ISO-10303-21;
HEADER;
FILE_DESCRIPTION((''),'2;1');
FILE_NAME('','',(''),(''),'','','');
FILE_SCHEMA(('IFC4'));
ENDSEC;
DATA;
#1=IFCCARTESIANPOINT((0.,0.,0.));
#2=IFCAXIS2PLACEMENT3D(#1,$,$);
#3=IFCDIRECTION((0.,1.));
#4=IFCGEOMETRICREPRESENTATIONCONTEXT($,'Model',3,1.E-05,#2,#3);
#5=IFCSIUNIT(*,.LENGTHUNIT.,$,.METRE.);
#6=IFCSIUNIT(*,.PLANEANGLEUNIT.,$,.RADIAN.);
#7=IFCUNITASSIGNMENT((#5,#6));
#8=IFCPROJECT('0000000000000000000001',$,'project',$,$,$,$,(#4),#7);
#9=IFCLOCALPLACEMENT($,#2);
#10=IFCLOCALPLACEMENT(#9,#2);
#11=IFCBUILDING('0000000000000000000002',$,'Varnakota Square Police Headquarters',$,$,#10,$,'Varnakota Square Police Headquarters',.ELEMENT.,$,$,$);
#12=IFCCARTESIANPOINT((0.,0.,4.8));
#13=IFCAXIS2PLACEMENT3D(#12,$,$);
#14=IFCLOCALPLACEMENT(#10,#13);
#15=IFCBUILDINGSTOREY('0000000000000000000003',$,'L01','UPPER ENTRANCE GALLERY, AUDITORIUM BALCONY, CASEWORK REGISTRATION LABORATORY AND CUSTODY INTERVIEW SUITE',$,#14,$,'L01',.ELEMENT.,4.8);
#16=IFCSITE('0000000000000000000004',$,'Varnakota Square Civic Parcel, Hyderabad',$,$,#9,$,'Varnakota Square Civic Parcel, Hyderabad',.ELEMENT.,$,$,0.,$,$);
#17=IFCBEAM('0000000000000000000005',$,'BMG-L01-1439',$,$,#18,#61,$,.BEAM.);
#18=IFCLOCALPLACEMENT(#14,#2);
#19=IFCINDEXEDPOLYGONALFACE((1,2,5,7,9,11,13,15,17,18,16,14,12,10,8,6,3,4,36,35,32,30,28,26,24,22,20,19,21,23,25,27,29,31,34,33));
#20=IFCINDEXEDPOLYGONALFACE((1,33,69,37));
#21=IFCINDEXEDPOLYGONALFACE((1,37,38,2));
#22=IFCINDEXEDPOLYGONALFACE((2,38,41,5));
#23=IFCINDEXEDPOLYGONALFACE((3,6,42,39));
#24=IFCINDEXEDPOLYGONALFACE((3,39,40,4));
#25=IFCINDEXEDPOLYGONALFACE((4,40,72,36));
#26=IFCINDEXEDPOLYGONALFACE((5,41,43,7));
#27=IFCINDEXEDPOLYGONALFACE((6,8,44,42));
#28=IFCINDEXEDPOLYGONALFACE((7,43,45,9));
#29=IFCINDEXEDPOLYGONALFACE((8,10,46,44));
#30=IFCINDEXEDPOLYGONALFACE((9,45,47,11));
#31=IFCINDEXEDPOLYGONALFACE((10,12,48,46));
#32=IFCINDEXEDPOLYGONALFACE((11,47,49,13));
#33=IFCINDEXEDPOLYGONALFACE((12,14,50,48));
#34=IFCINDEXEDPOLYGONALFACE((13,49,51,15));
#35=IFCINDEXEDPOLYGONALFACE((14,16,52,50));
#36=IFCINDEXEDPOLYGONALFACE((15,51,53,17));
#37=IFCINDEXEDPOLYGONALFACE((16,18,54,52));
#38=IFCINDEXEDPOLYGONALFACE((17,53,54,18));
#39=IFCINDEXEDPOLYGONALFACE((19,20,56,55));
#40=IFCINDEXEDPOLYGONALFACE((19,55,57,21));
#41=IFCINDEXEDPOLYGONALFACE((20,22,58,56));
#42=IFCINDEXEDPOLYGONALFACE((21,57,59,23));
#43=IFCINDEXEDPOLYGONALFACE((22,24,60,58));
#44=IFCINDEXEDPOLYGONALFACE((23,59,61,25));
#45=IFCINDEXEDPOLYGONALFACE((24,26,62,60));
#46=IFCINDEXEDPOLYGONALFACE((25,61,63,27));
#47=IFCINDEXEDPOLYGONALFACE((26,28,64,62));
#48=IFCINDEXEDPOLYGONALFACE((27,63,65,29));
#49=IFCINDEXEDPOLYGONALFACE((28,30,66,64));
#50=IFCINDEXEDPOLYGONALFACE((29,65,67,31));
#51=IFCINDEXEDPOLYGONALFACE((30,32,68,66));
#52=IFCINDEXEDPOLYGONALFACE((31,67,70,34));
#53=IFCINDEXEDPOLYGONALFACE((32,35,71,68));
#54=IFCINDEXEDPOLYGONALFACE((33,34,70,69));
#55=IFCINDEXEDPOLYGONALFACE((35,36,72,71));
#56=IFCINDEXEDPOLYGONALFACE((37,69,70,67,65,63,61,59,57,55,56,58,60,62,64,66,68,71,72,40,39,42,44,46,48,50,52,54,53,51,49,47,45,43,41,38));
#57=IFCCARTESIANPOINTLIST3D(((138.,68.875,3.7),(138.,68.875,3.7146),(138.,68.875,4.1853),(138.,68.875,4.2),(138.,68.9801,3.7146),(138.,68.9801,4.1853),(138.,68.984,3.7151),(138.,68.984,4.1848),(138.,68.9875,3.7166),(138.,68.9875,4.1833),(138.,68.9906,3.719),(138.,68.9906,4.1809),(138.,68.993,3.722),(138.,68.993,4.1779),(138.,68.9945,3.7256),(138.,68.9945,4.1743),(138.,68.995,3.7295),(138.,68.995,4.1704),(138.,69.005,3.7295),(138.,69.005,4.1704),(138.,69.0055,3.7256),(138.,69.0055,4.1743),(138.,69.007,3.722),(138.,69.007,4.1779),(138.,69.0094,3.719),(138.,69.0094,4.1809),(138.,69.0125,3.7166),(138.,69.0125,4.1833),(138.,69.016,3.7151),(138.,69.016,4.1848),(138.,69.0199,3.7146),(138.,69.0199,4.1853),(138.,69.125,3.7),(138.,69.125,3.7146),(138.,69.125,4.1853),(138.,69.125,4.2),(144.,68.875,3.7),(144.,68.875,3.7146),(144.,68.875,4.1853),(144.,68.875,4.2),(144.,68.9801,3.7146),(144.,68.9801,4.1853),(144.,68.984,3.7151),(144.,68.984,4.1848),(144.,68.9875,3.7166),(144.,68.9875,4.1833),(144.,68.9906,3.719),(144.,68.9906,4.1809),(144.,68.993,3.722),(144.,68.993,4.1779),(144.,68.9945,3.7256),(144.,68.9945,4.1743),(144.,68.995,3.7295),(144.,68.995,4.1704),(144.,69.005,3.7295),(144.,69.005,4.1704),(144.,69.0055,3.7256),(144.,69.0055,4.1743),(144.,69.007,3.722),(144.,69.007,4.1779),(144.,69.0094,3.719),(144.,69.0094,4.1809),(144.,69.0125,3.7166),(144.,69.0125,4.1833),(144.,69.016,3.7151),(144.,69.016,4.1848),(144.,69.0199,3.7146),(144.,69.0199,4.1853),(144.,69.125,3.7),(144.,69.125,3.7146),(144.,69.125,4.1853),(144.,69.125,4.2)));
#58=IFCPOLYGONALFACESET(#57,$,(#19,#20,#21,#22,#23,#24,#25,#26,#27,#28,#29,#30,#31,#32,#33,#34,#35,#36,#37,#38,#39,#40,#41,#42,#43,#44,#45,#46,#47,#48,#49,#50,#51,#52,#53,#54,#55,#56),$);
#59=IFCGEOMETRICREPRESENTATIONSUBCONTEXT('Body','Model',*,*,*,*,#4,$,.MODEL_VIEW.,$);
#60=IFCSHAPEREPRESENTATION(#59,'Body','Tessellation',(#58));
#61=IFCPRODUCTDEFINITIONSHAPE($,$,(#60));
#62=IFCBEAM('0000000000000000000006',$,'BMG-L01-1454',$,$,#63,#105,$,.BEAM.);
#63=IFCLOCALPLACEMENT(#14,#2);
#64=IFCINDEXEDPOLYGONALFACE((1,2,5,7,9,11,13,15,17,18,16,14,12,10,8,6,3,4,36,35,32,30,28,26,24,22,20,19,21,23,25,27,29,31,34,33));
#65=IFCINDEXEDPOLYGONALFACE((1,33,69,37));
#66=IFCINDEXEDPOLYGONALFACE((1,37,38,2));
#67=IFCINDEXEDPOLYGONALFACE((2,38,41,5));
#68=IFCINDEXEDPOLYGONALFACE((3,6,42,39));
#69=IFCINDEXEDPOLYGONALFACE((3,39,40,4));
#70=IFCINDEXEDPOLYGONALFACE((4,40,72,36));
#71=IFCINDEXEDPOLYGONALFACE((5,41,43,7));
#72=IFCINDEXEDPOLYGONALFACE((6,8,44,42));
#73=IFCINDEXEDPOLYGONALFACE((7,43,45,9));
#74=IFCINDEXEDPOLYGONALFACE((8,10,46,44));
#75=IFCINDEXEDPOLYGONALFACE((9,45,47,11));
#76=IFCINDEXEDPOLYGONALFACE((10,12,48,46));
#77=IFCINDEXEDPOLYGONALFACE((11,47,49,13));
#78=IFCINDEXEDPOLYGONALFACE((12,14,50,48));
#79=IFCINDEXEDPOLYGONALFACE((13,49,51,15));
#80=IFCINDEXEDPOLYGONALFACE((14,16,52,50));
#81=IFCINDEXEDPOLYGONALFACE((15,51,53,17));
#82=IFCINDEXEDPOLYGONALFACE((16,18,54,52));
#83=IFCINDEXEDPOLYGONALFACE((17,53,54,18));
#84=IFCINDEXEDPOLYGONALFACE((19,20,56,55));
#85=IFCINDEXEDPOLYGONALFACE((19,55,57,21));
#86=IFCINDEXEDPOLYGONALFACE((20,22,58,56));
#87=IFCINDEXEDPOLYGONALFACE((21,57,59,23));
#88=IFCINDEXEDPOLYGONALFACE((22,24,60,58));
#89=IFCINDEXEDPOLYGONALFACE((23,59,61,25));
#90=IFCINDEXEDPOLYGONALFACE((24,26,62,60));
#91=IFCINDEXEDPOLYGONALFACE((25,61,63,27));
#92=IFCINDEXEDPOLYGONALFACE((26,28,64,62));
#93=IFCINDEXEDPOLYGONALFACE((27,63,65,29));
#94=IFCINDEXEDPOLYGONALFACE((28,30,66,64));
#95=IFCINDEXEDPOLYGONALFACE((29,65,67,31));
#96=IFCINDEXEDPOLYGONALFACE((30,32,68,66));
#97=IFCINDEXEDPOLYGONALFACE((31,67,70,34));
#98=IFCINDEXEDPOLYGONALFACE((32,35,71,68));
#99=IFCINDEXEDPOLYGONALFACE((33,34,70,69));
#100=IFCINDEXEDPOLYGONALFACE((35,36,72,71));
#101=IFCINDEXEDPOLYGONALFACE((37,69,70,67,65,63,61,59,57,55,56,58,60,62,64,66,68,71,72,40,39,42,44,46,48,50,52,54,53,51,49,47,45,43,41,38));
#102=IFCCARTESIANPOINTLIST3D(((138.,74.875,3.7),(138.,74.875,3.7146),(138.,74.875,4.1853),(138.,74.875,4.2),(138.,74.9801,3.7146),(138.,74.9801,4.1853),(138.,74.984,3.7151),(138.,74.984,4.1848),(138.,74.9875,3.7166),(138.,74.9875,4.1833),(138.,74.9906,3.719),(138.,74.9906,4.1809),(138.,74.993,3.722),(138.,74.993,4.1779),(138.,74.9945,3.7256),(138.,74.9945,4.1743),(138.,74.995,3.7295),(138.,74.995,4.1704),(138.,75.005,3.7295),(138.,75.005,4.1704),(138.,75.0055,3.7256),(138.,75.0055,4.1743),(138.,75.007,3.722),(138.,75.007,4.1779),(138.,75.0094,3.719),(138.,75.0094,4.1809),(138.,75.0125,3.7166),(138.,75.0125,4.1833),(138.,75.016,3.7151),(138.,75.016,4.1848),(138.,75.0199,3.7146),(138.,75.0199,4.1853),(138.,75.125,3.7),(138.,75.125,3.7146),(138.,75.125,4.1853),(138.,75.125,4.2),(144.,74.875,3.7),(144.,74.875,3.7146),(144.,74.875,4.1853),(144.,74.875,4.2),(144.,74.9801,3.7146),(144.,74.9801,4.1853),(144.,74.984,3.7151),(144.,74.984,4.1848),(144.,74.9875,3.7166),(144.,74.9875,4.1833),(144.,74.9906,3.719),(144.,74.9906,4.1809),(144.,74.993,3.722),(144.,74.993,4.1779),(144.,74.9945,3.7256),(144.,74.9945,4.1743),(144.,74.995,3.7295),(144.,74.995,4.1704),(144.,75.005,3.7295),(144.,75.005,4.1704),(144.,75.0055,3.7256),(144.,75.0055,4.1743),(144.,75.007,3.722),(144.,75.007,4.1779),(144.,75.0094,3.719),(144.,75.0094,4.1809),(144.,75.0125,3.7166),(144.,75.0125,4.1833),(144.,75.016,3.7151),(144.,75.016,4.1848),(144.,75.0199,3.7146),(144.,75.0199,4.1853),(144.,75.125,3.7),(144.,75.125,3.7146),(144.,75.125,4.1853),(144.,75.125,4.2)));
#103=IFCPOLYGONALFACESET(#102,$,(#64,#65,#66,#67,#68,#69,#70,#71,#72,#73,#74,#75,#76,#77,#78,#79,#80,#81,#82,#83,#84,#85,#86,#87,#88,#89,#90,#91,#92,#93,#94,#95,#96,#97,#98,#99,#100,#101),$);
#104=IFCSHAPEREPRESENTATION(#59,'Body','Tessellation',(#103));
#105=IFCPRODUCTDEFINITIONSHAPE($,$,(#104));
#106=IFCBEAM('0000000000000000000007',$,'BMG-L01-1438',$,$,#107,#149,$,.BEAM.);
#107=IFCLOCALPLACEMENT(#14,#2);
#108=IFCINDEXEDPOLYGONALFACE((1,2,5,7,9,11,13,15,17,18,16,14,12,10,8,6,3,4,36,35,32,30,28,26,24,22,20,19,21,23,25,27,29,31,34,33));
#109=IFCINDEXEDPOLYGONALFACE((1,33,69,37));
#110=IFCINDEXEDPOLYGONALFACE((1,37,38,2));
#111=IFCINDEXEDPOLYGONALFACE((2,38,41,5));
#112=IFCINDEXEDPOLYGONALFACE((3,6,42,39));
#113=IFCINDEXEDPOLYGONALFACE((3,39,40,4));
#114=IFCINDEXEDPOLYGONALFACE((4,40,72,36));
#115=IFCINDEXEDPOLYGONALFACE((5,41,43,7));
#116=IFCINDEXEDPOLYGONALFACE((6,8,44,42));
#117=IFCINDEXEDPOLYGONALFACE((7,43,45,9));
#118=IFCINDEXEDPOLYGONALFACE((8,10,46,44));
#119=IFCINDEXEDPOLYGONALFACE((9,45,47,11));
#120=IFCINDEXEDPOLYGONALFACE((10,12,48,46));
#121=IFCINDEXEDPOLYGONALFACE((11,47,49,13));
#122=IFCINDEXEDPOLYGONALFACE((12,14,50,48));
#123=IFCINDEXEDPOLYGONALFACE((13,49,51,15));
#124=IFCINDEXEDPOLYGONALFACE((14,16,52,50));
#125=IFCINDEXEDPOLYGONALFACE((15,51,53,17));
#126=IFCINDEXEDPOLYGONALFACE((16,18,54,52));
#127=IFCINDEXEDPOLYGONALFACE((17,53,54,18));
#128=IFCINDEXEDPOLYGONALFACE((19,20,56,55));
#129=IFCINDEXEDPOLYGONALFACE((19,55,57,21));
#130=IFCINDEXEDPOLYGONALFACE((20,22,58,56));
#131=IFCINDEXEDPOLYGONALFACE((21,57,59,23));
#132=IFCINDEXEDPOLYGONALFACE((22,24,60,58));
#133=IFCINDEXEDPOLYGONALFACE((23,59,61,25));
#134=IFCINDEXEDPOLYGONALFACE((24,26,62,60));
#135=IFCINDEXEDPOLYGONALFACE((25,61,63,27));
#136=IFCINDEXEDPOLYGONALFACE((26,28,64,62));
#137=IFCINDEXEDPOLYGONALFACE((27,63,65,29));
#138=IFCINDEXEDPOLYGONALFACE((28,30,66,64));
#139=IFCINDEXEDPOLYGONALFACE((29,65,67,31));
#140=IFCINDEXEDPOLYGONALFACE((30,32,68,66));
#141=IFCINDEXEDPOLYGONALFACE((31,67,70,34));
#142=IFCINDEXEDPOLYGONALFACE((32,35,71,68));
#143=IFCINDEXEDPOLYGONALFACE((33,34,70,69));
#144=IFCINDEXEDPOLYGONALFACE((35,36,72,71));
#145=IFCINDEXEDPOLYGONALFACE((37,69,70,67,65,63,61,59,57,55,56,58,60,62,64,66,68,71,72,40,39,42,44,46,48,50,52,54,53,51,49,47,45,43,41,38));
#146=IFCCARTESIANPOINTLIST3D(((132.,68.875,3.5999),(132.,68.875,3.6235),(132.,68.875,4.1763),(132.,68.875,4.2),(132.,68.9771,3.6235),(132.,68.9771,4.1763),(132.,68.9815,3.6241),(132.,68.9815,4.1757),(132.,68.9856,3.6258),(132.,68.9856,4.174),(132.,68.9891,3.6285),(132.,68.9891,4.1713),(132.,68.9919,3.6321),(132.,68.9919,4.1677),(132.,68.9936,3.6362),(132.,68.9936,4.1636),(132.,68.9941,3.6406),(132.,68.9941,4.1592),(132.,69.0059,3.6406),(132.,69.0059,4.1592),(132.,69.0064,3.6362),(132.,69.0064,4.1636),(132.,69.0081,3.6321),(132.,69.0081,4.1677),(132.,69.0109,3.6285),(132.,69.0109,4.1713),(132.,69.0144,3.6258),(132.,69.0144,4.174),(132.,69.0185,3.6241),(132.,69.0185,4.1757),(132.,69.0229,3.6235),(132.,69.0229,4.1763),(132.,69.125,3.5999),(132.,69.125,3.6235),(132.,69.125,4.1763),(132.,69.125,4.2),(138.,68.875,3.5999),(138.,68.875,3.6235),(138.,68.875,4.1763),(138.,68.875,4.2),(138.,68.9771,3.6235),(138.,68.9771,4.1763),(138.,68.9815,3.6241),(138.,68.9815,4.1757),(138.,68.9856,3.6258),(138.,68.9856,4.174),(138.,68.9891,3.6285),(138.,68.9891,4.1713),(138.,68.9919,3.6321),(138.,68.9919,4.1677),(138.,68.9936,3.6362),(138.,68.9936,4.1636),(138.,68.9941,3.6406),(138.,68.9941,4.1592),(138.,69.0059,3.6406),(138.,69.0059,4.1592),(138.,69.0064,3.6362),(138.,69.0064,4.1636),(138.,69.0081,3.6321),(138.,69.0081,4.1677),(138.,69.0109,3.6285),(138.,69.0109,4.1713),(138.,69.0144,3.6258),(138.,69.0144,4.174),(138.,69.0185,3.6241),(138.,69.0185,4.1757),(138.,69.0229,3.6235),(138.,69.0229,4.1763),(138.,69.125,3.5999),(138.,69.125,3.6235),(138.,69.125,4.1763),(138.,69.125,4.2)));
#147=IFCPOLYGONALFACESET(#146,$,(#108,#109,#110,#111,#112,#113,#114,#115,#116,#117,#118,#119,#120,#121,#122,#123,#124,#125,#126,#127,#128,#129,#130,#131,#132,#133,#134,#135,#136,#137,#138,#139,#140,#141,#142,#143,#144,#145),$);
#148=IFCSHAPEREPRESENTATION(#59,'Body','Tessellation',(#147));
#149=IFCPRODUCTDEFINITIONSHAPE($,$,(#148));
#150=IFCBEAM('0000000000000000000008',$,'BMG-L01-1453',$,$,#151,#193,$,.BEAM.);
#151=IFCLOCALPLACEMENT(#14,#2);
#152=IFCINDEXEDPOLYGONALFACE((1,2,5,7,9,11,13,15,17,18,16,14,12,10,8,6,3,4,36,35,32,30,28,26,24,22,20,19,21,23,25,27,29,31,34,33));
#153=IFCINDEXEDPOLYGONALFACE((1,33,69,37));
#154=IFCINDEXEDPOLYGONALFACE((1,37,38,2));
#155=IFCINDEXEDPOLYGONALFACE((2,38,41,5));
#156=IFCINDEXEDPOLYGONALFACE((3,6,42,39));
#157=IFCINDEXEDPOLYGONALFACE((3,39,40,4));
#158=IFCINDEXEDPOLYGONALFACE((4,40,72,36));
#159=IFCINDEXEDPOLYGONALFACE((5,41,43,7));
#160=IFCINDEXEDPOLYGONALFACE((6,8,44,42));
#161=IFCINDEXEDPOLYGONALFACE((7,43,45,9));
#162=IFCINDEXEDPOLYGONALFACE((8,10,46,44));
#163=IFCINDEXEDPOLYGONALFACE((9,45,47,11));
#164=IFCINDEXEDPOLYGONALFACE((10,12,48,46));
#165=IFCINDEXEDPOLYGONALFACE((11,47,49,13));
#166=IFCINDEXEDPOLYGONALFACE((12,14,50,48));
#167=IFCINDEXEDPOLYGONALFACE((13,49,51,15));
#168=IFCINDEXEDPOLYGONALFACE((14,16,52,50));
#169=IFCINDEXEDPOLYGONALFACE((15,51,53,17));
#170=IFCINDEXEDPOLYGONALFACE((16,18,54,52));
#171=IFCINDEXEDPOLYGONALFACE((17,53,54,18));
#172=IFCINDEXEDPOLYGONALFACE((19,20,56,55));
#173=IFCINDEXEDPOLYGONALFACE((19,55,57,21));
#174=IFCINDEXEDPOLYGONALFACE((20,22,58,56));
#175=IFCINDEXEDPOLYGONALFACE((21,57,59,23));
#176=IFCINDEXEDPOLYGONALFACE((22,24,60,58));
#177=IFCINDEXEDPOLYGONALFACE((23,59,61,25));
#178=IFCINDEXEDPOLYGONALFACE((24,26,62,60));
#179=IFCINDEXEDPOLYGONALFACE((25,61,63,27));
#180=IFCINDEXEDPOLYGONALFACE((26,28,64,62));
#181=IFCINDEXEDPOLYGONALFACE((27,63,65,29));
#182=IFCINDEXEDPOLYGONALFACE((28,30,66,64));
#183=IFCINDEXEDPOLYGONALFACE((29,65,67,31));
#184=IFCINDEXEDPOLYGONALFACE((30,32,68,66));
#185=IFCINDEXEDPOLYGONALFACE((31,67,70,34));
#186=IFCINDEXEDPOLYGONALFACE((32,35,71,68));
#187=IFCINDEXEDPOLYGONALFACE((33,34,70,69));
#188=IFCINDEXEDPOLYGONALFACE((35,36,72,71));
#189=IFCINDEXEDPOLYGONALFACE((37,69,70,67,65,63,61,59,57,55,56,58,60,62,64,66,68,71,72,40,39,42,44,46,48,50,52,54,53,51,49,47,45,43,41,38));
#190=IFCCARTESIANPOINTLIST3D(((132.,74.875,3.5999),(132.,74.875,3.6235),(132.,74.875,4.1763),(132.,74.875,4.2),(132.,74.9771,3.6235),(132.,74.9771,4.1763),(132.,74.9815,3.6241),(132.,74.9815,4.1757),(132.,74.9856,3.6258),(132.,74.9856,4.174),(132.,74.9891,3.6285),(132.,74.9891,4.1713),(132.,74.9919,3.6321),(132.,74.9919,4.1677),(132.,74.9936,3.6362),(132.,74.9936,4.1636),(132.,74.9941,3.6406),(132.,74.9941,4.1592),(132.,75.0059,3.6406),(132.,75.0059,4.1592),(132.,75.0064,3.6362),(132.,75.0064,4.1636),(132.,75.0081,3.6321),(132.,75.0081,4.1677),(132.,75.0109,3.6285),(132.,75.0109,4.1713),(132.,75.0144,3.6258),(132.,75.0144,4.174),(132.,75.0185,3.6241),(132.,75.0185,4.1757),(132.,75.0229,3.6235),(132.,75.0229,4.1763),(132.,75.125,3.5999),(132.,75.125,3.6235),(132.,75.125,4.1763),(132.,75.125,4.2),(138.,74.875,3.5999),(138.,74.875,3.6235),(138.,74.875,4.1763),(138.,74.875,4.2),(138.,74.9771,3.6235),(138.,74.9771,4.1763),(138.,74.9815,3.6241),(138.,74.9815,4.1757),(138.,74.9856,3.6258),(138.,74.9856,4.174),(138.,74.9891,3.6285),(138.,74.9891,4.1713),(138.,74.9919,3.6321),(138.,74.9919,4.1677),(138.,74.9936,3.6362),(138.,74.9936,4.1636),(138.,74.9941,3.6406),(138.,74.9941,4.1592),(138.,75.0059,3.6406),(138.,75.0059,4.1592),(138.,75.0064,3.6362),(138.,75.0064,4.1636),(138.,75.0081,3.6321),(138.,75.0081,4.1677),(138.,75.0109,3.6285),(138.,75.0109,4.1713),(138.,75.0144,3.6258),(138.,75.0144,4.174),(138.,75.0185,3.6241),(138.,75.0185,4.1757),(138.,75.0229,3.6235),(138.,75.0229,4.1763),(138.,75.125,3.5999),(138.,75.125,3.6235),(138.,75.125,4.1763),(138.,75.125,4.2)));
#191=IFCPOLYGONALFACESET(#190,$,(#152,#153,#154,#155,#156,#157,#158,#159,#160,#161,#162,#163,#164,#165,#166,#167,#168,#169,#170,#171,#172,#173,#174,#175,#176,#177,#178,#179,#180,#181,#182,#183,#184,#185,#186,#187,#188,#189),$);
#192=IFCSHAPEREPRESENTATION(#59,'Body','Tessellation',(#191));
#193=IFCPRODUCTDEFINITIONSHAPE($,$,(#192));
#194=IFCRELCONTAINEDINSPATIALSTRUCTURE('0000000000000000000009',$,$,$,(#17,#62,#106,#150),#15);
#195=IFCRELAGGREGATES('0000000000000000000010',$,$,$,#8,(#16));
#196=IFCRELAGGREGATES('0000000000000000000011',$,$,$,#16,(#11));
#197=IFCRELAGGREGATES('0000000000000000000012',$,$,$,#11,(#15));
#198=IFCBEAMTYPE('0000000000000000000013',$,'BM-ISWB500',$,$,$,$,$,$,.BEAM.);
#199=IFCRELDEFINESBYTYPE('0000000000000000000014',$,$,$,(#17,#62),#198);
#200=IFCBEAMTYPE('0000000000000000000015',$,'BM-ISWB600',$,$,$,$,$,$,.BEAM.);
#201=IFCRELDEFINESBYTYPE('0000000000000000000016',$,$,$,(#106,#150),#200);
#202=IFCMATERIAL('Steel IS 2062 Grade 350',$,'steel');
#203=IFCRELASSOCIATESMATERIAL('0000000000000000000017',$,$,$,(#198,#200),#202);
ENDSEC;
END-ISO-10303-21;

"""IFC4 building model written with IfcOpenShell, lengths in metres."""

from ifc_helpers import new_model, si_unit, direction, frame, origin, origin_2d, place, context, subcontext, project, spatial, i_section, extrude, material, material_profile, profile_set, type_object, element, save


model = new_model("IFC4")

# Units and contexts
model_context = context("Model", 3, precision=1e-05, world=origin(), true_north=direction((0.0, 1.0)))
body_context = subcontext(model_context, "Body", "Model", "MODEL_VIEW")
ifc_project = project(units=[si_unit("LENGTHUNIT", "METRE"), si_unit("PLANEANGLEUNIT", "RADIAN")], contexts=[model_context])

# Site, building, storey
site_placement = place(None, origin())
site = spatial("IfcSite", under=ifc_project, at=site_placement, Name="Varnakota Square Civic Parcel, Hyderabad", LongName="Varnakota Square Civic Parcel, Hyderabad", CompositionType="ELEMENT", RefElevation=0.0)
building_placement = place(site_placement, origin())
building = spatial("IfcBuilding", under=site, at=building_placement, Name="Varnakota Square Police Headquarters", LongName="Varnakota Square Police Headquarters", CompositionType="ELEMENT")
storey_placement = place(building_placement, frame((0.0, 0.0, 4.8)))
storey = spatial("IfcBuildingStorey", under=building, at=storey_placement, Name="L01", Description="UPPER ENTRANCE GALLERY, AUDITORIUM BALCONY, CASEWORK REGISTRATION LABORATORY AND CUSTODY INTERVIEW SUITE", LongName="L01", CompositionType="ELEMENT", Elevation=4.8)

# Shared definitions
ifc_material_1 = material(Name="Steel IS 2062 Grade 350", Category="steel")

# Beams
ifc_material_profile_1 = material_profile(ifc_material_1, i_section(OverallWidth=0.25, OverallDepth=0.5, WebThickness=0.01, FlangeThickness=0.0146, FilletRadius=0.0149, at=origin_2d()), Name="ISWB 500")
ifc_profile_set_1 = profile_set([ifc_material_profile_1], Name="Steel IS 2062 Grade 350")
beam_type_1 = type_object("IfcBeamType", Name="BM-ISWB500", PredefinedType="BEAM", material=ifc_profile_set_1)
for number, where, z_axis, x_axis, name in (
    (1, (138.0, 69.0, 3.95), (1.0, 0.0, 0.0), (0.0, 1.0, 0.0), "BMG-L01-1439"),
    (2, (138.0, 75.0, 3.95), (1.0, 0.0, 0.0), (0.0, 1.0, 0.0), "BMG-L01-1454"),
):
    element("IfcBeam", number, at=place(storey_placement, frame(where, z_axis=z_axis, x_axis=x_axis)), inside=storey, type_object=beam_type_1, Name=name, PredefinedType="BEAM", context=body_context, shape_type="SweptSolid", body=[
        extrude(i_section(OverallWidth=0.25, OverallDepth=0.5, WebThickness=0.01, FlangeThickness=0.0146, FilletRadius=0.0149, at=origin_2d()), origin(), (0.0, 0.0, 1.0), 6.0),
    ])
ifc_material_profile_2 = material_profile(ifc_material_1, i_section(OverallWidth=0.25, OverallDepth=0.6001, WebThickness=0.0117, FlangeThickness=0.0237, FilletRadius=0.0171, at=origin_2d()), Name="ISWB 600")
ifc_profile_set_2 = profile_set([ifc_material_profile_2], Name="Steel IS 2062 Grade 350")
beam_type_2 = type_object("IfcBeamType", Name="BM-ISWB600", PredefinedType="BEAM", material=ifc_profile_set_2)
for number, where, z_axis, x_axis, name in (
    (3, (132.0, 69.0, 3.8999), (1.0, 0.0, 0.0), (0.0, 1.0, 0.0), "BMG-L01-1438"),
    (4, (132.0, 75.0, 3.8999), (1.0, 0.0, 0.0), (0.0, 1.0, 0.0), "BMG-L01-1453"),
):
    element("IfcBeam", number, at=place(storey_placement, frame(where, z_axis=z_axis, x_axis=x_axis)), inside=storey, type_object=beam_type_2, Name=name, PredefinedType="BEAM", context=body_context, shape_type="SweptSolid", body=[
        extrude(i_section(OverallWidth=0.25, OverallDepth=0.6001, WebThickness=0.0117, FlangeThickness=0.0237, FilletRadius=0.0171, at=origin_2d()), origin(), (0.0, 0.0, 1.0), 6.0),
    ])

save(model, "model.ifc")
